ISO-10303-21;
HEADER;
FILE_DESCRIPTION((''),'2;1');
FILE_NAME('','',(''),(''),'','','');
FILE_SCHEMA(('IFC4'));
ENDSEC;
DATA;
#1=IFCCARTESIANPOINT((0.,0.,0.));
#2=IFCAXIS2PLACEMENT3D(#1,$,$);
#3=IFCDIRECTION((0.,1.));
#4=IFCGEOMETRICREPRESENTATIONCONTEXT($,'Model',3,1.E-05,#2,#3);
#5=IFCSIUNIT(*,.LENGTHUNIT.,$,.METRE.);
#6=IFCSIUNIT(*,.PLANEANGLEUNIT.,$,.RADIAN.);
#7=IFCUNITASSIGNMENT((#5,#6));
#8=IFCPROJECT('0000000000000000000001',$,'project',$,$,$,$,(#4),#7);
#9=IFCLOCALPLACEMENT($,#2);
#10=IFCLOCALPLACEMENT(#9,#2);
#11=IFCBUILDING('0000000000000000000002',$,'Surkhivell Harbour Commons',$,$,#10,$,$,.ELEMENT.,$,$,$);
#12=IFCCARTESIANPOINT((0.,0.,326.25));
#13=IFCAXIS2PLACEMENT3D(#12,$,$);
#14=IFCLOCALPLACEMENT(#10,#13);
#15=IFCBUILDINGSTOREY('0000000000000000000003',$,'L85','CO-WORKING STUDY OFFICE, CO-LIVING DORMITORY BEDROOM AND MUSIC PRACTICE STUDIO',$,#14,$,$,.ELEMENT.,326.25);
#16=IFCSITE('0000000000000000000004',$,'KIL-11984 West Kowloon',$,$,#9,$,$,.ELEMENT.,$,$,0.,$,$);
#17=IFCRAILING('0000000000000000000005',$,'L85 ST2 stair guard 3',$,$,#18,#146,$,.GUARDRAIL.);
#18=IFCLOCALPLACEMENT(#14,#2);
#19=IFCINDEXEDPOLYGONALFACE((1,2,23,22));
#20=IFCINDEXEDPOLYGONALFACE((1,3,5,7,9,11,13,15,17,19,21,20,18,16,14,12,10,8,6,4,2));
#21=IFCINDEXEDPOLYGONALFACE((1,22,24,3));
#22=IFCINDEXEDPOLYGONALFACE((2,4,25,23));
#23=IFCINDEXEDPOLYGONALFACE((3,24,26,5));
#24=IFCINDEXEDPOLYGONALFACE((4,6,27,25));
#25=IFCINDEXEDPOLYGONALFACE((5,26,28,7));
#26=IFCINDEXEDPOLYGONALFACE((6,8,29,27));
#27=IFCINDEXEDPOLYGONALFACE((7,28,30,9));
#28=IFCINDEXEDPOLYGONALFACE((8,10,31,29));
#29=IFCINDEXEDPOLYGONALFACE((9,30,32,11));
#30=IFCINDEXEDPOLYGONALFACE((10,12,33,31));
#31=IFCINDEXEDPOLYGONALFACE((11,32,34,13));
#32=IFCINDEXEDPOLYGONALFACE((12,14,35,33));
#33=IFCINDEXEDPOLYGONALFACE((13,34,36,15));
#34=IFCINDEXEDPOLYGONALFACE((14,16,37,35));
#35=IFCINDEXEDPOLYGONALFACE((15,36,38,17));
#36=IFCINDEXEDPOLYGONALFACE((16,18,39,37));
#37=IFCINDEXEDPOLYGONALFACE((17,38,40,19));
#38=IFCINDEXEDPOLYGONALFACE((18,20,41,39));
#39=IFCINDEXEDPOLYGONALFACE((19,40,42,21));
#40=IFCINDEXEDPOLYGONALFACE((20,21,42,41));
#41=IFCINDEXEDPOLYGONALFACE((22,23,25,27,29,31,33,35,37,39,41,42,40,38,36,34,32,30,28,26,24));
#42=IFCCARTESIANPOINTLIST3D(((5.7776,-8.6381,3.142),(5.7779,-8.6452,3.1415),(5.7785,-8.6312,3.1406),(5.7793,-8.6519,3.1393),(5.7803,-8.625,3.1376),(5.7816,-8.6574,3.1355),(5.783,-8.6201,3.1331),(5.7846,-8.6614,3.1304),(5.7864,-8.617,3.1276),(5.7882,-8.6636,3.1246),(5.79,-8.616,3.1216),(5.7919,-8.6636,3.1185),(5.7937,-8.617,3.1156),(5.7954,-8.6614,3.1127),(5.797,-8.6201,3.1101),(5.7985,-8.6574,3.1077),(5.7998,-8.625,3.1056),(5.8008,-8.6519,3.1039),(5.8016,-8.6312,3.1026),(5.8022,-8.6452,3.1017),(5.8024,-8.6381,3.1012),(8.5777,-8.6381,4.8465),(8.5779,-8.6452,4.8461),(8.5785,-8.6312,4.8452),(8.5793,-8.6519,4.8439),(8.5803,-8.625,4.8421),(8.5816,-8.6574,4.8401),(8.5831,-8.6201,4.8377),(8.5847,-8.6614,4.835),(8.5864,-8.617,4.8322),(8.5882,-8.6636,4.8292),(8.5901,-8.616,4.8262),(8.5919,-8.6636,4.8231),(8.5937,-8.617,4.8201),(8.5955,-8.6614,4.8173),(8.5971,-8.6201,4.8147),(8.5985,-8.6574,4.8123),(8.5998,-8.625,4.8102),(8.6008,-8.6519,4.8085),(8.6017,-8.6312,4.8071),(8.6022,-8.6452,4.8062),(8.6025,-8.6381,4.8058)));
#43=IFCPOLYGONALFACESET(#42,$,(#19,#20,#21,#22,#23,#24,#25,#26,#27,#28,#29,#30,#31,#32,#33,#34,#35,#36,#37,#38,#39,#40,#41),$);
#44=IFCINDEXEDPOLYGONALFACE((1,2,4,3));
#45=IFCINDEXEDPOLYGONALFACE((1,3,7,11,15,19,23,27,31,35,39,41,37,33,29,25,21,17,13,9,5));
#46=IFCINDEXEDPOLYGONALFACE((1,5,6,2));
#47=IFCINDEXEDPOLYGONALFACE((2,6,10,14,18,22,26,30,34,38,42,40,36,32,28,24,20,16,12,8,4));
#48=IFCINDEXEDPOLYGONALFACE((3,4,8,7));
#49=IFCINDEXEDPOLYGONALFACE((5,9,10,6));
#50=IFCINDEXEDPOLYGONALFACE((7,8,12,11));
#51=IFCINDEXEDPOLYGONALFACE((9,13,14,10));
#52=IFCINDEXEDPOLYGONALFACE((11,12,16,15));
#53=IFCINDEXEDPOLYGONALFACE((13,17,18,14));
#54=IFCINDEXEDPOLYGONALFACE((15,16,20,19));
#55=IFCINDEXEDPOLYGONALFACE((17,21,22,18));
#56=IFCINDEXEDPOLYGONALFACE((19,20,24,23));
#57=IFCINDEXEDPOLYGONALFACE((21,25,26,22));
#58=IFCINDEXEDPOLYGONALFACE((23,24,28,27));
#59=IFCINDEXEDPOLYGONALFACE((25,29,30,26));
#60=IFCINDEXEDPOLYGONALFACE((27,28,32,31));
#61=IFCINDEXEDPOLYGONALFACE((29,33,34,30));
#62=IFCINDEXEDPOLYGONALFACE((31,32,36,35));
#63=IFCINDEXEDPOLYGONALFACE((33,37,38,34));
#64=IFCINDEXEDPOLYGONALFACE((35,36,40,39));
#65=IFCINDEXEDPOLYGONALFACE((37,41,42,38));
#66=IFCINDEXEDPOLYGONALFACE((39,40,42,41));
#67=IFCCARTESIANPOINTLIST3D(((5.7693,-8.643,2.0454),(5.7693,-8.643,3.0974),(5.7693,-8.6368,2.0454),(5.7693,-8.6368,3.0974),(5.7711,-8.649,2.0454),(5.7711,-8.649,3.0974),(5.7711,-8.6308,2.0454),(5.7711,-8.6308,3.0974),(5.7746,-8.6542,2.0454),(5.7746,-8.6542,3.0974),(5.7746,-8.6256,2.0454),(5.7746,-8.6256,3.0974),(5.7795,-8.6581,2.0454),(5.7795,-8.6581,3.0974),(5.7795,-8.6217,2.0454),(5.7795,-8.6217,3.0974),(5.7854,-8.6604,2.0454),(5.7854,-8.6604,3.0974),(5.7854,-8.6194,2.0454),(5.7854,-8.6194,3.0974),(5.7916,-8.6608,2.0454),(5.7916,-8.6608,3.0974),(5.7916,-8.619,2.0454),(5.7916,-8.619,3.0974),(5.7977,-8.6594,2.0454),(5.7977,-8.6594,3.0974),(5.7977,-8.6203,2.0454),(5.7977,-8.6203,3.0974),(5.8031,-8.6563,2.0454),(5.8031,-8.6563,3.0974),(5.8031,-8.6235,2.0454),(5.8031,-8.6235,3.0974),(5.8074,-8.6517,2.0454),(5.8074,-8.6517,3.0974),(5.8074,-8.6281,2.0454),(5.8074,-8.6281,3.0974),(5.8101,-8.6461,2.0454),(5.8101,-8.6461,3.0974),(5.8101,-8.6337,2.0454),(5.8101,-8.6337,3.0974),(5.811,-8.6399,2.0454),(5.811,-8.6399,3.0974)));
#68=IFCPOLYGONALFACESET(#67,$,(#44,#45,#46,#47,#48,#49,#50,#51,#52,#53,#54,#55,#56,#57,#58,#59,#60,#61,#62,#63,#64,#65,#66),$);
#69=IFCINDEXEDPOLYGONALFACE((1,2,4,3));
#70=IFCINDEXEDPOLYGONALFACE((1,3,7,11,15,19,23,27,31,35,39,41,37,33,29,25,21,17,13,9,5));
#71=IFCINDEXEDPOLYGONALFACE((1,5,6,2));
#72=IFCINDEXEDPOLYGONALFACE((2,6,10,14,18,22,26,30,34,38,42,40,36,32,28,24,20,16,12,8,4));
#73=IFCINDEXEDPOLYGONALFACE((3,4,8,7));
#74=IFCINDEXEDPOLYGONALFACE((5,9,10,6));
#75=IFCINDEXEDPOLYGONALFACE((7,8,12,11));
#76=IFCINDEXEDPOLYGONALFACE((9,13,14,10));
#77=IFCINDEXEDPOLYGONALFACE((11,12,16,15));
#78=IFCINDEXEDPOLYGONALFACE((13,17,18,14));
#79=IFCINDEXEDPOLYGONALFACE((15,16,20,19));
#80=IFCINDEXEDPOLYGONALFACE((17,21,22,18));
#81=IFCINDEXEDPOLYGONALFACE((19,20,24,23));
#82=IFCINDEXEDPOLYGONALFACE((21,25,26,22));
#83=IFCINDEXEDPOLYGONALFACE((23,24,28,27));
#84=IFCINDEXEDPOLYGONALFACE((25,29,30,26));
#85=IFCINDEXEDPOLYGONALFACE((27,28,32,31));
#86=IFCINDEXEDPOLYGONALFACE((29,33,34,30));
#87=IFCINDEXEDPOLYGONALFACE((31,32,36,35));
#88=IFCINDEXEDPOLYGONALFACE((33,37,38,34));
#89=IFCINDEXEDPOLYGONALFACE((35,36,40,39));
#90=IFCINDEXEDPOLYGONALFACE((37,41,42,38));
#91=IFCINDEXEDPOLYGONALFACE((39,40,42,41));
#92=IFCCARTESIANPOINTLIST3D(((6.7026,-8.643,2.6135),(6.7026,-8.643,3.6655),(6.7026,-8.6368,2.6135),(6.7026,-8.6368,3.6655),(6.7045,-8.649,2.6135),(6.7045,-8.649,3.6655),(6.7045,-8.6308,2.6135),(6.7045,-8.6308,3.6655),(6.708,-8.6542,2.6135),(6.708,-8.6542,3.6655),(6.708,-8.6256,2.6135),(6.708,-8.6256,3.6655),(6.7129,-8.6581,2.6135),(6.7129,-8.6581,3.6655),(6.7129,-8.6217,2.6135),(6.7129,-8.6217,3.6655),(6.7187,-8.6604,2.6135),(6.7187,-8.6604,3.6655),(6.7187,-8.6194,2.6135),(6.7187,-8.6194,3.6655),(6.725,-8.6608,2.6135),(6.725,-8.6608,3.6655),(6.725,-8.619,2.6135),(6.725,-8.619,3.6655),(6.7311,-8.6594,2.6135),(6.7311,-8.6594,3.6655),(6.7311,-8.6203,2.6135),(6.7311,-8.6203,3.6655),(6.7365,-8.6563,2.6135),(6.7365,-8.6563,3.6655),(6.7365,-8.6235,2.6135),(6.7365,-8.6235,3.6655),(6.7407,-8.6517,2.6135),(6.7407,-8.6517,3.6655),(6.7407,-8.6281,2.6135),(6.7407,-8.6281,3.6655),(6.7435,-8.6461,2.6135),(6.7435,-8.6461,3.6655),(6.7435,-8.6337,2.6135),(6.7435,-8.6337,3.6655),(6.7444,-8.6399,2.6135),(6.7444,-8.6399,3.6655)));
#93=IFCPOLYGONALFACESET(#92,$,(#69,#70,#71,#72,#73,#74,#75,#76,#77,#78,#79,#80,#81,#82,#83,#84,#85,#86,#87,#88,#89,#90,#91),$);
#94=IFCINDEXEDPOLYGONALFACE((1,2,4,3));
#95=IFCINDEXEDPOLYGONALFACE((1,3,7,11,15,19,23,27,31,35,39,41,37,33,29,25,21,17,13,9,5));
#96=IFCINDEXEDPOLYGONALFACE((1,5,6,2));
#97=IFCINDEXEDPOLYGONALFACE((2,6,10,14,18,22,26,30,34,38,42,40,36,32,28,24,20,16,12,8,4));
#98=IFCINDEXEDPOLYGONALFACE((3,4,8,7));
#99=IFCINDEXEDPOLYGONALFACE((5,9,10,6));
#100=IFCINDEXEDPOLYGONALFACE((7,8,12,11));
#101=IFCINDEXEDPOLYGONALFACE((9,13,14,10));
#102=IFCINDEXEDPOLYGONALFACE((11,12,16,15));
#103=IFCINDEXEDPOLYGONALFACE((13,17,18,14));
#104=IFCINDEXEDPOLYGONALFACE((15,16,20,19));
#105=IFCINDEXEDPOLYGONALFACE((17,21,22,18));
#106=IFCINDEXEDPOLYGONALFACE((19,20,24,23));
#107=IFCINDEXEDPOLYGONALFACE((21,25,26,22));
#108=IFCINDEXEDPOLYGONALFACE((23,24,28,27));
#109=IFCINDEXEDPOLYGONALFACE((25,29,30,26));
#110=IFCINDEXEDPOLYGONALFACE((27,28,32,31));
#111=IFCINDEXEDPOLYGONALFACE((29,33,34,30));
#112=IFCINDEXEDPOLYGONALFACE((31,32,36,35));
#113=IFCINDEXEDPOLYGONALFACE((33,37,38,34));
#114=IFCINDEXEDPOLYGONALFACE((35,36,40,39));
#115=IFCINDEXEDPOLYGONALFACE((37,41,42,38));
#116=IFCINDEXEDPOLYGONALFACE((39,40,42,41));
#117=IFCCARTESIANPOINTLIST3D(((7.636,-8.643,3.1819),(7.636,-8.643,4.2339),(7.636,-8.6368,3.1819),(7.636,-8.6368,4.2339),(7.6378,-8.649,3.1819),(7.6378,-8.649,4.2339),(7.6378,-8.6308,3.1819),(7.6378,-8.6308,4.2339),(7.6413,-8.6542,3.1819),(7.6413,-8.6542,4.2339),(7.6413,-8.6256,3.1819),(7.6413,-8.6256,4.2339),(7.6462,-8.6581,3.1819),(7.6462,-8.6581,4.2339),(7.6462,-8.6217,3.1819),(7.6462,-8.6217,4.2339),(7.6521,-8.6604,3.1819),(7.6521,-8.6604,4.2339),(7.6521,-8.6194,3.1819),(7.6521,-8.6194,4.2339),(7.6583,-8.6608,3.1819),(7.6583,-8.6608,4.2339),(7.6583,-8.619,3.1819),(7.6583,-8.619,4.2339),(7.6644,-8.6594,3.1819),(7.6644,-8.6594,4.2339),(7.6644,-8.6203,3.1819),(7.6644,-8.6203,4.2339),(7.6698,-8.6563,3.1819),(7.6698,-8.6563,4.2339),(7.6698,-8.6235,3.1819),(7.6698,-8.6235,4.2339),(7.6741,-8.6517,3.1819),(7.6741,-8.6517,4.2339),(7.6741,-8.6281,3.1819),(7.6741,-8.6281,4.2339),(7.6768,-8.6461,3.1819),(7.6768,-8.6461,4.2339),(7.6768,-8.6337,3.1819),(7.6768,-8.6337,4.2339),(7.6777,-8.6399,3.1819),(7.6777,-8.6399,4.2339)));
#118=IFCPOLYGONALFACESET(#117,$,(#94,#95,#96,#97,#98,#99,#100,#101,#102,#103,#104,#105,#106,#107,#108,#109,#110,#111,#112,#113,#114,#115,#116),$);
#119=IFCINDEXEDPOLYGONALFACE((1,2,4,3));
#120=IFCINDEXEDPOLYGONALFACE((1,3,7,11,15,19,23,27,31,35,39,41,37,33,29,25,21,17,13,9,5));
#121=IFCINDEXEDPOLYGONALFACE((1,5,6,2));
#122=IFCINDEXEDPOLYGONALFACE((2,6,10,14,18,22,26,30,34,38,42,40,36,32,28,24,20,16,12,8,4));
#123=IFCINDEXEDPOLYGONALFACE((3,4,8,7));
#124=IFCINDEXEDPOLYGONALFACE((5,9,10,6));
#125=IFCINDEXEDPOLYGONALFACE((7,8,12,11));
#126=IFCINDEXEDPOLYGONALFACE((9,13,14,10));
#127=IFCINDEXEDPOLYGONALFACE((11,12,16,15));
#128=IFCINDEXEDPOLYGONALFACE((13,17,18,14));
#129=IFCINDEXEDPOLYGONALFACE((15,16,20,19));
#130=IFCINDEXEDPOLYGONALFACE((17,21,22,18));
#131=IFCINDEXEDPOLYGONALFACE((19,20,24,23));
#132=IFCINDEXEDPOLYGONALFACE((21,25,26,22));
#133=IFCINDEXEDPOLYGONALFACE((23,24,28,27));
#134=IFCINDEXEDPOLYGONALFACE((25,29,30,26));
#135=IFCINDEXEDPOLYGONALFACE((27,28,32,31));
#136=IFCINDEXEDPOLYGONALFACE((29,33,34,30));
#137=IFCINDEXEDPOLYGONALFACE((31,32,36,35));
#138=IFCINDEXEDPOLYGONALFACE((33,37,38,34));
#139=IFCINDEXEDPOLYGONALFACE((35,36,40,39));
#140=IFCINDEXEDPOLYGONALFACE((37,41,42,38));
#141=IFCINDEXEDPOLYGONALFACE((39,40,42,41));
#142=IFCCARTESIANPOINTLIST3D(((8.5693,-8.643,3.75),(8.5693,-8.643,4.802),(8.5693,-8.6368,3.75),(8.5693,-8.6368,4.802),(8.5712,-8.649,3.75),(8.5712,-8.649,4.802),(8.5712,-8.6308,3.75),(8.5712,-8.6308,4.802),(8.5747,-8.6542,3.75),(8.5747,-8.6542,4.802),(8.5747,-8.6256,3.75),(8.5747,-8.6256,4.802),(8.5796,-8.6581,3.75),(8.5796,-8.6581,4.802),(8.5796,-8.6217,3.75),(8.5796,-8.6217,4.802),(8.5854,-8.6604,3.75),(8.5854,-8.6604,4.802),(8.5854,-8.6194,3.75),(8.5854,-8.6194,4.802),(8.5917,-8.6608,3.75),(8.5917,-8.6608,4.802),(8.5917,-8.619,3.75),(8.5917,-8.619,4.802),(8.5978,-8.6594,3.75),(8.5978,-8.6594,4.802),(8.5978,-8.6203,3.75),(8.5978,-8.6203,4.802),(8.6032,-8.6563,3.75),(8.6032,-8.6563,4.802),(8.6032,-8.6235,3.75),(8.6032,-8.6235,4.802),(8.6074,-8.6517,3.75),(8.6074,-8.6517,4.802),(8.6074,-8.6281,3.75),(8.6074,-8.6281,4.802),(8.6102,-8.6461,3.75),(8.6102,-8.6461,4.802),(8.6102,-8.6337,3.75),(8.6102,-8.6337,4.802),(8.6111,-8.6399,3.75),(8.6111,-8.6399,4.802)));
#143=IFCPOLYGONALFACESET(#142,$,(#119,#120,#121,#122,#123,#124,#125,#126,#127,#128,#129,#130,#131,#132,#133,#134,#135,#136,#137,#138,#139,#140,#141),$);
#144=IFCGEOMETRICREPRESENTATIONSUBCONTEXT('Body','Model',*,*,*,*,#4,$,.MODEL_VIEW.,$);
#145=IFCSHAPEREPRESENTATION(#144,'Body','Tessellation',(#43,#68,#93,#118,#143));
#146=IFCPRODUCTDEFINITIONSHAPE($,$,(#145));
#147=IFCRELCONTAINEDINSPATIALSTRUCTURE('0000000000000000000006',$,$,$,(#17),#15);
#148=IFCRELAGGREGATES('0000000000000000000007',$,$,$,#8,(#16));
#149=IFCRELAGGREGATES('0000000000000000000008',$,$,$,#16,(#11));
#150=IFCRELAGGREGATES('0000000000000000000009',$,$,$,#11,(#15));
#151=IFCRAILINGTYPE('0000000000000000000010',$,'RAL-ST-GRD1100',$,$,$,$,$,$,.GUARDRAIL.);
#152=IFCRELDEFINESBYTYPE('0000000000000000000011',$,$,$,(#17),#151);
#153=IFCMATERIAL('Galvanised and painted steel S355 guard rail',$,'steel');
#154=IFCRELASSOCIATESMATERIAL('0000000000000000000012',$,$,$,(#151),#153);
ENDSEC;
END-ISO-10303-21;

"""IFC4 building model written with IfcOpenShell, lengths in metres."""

from ifc_helpers import new_model, si_unit, direction, frame, origin, origin_2d, place, context, subcontext, project, spatial, circle, extrude, material, type_object, element, save


model = new_model("IFC4")

# Units and contexts
model_context = context("Model", 3, precision=1e-05, world=origin(), true_north=direction((0.0, 1.0)))
body_context = subcontext(model_context, "Body", "Model", "MODEL_VIEW")
ifc_project = project(units=[si_unit("LENGTHUNIT", "METRE"), si_unit("PLANEANGLEUNIT", "RADIAN")], contexts=[model_context])

# Site, building, storey
site_placement = place(None, origin())
site = spatial("IfcSite", under=ifc_project, at=site_placement, Name="KIL-11984 West Kowloon", CompositionType="ELEMENT", RefElevation=0.0)
building_placement = place(site_placement, origin())
building = spatial("IfcBuilding", under=site, at=building_placement, Name="Surkhivell Harbour Commons", CompositionType="ELEMENT")
storey_placement = place(building_placement, frame((0.0, 0.0, 326.25)))
storey = spatial("IfcBuildingStorey", under=building, at=storey_placement, Name="L85", Description="CO-WORKING STUDY OFFICE, CO-LIVING DORMITORY BEDROOM AND MUSIC PRACTICE STUDIO", CompositionType="ELEMENT", Elevation=326.25)

# Railing
ifc_material_1 = material(Name="Galvanised and painted steel S355 guard rail", Category="steel")
railing_type_1 = type_object("IfcRailingType", Name="RAL-ST-GRD1100", PredefinedType="GUARDRAIL", material=ifc_material_1)
railing_1_placement = place(storey_placement, frame((5.79, -8.6399, 2.0454)))
element("IfcRailing", 1, at=railing_1_placement, inside=storey, type_object=railing_type_1, Name="L85 ST2 stair guard 3", PredefinedType="GUARDRAIL", context=body_context, shape_type="SweptSolid", body=[
    extrude(circle(Radius=0.0239, at=origin_2d()), frame((0.0, 0.0, 1.0762), z_axis=(0.85417, 0.0, 0.519994), x_axis=(0.0, 1.0, 0.0)), (0.0, 0.0, 1.0), 3.2781),
    extrude(circle(Radius=0.021, at=origin_2d()), origin(), (0.0, 0.0, 1.0), 1.052),
    extrude(circle(Radius=0.021, at=origin_2d()), frame((0.9333, 0.0, 0.5681)), (0.0, 0.0, 1.0), 1.052),
    extrude(circle(Radius=0.021, at=origin_2d()), frame((1.8667, 0.0, 1.1365)), (0.0, 0.0, 1.0), 1.052),
    extrude(circle(Radius=0.021, at=origin_2d()), frame((2.8, 0.0, 1.7046)), (0.0, 0.0, 1.0), 1.052),
])

save(model, "model.ifc")
